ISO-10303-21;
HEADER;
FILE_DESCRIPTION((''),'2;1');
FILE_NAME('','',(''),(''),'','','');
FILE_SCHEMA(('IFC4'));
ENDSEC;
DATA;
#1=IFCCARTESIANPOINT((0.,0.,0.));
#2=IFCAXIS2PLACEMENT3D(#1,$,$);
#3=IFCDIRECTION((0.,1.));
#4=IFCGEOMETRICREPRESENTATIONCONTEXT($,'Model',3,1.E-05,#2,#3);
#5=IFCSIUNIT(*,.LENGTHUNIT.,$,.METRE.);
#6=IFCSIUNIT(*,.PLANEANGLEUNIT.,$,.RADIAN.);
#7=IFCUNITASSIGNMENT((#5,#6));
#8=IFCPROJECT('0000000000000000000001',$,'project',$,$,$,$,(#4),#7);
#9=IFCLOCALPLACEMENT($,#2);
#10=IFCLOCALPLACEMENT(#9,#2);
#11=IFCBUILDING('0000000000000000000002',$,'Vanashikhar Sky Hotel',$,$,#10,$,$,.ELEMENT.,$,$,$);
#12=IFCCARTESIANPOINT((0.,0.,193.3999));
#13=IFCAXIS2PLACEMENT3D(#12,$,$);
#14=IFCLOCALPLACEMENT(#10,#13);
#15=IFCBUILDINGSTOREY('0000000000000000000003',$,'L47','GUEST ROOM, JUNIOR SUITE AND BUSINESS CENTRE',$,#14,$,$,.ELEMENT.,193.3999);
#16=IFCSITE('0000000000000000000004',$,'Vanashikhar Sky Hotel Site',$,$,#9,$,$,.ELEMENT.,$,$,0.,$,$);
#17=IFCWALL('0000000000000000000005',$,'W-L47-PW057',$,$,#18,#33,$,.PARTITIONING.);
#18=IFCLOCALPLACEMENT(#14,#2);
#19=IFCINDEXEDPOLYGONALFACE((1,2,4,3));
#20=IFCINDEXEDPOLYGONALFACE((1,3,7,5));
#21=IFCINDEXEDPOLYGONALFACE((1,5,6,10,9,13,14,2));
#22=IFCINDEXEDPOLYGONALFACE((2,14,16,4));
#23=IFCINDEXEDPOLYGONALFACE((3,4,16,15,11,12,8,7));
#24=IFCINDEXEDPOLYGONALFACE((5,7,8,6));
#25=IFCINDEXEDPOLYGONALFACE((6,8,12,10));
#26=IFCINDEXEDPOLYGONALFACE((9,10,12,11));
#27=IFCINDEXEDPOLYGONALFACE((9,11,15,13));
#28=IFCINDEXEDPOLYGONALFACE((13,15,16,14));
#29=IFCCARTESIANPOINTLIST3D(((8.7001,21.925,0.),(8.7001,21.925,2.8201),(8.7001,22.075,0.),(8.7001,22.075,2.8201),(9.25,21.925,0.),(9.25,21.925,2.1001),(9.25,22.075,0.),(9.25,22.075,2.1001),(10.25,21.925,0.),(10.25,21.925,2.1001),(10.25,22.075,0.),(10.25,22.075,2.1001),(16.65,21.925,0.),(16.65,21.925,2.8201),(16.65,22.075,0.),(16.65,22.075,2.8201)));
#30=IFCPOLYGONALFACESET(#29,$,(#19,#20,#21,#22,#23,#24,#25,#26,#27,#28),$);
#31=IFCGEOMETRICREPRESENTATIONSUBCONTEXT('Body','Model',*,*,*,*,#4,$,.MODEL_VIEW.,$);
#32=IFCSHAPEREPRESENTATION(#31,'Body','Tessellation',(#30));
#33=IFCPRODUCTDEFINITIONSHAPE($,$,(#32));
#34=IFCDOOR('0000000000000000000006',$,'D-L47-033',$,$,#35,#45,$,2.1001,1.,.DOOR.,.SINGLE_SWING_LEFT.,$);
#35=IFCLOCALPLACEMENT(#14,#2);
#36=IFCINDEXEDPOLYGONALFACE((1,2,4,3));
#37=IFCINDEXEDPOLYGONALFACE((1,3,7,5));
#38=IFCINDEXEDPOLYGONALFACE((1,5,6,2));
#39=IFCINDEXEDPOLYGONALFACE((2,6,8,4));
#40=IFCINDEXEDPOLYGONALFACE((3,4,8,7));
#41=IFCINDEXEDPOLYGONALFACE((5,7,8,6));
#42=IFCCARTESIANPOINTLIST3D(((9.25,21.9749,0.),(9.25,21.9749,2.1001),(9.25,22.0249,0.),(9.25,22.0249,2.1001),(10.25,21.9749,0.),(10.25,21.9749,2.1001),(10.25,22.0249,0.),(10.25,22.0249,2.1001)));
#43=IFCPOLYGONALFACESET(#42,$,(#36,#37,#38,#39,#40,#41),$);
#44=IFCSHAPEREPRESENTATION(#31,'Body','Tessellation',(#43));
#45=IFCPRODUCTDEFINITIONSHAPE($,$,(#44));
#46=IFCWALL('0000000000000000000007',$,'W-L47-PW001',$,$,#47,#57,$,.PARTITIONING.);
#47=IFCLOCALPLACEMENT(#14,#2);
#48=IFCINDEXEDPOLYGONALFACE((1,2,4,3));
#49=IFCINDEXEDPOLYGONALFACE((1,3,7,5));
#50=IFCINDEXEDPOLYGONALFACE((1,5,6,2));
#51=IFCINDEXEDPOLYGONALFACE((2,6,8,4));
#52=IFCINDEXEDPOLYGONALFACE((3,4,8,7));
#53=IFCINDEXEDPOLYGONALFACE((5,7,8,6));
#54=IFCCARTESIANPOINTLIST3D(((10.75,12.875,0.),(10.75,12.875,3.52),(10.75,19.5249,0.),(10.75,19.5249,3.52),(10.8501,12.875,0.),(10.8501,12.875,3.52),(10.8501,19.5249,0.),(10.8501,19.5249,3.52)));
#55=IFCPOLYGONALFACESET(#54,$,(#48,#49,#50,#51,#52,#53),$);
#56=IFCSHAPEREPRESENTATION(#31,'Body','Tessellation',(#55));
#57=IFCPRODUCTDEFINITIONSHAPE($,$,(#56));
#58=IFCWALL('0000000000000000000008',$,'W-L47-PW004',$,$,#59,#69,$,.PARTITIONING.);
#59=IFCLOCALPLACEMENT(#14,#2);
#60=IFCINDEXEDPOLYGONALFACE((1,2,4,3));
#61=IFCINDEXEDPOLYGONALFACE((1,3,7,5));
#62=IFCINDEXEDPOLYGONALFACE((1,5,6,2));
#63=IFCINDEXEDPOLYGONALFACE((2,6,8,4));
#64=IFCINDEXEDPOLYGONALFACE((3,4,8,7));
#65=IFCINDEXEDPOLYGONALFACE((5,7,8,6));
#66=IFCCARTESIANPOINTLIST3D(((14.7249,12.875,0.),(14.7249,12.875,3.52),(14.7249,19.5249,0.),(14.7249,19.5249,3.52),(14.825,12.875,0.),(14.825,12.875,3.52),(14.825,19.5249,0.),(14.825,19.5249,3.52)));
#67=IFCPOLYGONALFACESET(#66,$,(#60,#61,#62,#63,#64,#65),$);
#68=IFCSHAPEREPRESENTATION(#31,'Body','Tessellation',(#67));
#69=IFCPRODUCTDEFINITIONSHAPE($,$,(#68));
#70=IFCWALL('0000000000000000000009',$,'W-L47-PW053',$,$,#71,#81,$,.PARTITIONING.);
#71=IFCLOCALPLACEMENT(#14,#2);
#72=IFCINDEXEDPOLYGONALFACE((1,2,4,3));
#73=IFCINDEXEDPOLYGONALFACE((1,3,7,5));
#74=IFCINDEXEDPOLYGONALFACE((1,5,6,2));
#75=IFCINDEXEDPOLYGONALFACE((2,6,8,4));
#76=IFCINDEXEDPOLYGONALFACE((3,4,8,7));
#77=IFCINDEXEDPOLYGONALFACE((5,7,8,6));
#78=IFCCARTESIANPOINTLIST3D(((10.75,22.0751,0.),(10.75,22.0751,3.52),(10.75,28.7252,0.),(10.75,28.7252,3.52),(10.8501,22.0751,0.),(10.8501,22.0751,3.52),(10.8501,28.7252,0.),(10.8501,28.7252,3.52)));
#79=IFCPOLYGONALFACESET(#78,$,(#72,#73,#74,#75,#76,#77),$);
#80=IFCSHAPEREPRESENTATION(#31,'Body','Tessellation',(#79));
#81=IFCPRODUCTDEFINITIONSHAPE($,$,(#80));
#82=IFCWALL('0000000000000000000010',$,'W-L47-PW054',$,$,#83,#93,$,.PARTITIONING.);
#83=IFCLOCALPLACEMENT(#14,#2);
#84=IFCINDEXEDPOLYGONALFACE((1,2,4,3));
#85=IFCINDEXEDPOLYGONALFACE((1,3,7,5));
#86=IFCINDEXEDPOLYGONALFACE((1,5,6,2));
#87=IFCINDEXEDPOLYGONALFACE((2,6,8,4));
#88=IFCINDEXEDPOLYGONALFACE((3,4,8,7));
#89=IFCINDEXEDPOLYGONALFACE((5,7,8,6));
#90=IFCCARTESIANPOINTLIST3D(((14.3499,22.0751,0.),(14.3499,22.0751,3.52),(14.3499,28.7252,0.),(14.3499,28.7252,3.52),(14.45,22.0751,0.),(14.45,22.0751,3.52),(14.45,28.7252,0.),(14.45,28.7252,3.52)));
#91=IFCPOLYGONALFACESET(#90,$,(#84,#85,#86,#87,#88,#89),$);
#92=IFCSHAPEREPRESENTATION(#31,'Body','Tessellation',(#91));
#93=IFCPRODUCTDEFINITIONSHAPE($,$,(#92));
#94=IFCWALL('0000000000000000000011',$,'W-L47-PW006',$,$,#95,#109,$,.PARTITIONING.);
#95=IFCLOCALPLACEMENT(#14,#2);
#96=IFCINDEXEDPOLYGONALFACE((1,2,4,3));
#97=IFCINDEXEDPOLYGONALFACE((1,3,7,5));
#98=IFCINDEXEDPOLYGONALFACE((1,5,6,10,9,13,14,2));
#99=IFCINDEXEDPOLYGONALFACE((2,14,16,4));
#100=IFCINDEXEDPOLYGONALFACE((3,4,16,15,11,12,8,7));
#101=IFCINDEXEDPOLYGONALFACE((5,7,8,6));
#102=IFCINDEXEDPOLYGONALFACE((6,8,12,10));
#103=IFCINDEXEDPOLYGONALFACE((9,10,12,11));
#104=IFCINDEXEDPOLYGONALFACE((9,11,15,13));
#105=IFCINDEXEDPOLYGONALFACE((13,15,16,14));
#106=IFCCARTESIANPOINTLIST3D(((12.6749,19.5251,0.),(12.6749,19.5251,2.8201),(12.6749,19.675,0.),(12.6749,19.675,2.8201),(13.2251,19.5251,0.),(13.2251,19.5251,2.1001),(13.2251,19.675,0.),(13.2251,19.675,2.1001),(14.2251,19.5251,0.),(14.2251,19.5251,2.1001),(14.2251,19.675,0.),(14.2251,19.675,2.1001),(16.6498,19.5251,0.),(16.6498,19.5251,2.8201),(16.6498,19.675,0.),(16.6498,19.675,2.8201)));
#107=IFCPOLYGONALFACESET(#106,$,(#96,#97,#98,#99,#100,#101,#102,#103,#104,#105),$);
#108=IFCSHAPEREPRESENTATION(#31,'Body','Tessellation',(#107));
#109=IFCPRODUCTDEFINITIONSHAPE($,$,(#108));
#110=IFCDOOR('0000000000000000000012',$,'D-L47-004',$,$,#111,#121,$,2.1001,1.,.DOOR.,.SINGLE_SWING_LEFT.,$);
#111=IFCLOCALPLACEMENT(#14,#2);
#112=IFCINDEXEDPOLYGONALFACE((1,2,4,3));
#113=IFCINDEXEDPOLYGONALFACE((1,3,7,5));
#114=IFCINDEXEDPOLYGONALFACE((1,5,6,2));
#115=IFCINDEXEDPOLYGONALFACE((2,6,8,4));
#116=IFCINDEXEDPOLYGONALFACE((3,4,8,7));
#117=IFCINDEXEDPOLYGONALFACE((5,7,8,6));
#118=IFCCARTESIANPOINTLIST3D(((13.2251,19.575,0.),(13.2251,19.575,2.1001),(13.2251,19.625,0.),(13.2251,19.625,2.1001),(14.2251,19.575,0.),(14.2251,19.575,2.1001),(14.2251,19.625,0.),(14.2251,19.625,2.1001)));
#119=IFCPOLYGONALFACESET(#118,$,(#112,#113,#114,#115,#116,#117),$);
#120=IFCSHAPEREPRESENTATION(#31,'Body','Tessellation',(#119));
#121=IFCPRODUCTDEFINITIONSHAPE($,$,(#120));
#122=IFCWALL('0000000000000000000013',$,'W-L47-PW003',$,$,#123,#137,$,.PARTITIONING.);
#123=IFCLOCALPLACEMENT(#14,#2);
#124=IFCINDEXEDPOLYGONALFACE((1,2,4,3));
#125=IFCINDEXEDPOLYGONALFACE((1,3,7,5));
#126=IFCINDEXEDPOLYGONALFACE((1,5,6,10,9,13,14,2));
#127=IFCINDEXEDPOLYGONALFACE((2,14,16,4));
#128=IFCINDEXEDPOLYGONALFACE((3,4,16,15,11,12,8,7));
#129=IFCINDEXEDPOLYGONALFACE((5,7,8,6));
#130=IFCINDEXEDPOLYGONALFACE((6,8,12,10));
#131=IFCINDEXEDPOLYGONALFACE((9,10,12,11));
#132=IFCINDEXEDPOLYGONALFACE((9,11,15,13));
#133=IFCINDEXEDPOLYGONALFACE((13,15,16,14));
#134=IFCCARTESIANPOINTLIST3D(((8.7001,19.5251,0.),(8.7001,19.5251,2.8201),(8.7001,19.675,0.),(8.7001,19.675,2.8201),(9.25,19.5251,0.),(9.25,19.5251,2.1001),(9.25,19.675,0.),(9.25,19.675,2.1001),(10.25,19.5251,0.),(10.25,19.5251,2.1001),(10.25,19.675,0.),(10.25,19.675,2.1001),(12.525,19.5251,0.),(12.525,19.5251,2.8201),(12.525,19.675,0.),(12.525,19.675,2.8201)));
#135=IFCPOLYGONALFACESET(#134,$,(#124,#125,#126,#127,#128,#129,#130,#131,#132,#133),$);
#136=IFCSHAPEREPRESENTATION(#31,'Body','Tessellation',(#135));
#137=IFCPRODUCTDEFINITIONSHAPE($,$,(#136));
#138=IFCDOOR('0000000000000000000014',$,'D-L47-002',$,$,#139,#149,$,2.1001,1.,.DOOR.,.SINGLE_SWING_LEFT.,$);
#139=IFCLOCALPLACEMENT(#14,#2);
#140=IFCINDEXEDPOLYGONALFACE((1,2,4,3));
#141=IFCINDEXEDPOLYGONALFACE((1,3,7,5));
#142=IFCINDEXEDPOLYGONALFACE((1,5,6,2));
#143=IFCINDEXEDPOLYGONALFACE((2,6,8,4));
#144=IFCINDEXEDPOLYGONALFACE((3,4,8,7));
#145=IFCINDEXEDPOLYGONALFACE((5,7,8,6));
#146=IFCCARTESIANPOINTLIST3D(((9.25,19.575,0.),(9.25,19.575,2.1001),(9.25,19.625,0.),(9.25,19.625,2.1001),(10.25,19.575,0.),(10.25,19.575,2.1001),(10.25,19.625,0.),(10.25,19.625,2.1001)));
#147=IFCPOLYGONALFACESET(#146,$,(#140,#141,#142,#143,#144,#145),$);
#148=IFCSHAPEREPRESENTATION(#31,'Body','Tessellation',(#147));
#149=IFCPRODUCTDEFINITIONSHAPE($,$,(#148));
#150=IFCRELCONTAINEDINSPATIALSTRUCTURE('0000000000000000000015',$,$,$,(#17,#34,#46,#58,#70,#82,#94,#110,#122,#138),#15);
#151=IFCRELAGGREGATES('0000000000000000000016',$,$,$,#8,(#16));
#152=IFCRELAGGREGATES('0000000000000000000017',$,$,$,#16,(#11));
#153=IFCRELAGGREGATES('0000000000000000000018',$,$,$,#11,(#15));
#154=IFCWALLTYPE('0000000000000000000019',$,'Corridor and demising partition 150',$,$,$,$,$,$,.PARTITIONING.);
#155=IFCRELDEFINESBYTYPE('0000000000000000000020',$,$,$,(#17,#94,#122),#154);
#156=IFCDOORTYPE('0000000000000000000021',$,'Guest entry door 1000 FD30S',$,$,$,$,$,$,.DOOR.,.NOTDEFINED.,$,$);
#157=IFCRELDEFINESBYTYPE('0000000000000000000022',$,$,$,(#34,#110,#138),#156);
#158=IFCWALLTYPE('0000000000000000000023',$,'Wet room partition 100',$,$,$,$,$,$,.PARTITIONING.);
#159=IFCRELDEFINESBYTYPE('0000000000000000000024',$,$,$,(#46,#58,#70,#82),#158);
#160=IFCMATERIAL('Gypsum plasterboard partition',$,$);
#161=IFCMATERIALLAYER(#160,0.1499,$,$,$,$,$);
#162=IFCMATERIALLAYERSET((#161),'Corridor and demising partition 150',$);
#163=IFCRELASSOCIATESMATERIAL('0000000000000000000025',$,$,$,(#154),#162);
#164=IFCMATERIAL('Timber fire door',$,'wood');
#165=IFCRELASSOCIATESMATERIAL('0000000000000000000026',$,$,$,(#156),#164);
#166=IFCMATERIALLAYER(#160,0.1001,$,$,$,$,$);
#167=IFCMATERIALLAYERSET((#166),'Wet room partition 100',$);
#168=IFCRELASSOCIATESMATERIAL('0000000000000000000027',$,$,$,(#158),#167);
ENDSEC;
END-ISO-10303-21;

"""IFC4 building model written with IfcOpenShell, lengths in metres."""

from ifc_helpers import new_model, si_unit, direction, frame, frame_2d, origin, place, context, subcontext, project, spatial, rectangle, extrude, source, transform, mapped, material, layer, layer_set, type_object, element, fill, save


model = new_model("IFC4")

# Units and contexts
model_context = context("Model", 3, precision=1e-05, world=origin(), true_north=direction((0.0, 1.0)))
body_context = subcontext(model_context, "Body", "Model", "MODEL_VIEW")
ifc_project = project(units=[si_unit("LENGTHUNIT", "METRE"), si_unit("PLANEANGLEUNIT", "RADIAN")], contexts=[model_context])

# Site, building, storey
site_placement = place(None, origin())
site = spatial("IfcSite", under=ifc_project, at=site_placement, Name="Vanashikhar Sky Hotel Site", CompositionType="ELEMENT", RefElevation=0.0)
building_placement = place(site_placement, origin())
building = spatial("IfcBuilding", under=site, at=building_placement, Name="Vanashikhar Sky Hotel", CompositionType="ELEMENT")
storey_placement = place(building_placement, frame((0.0, 0.0, 193.3999)))
storey = spatial("IfcBuildingStorey", under=building, at=storey_placement, Name="L47", Description="GUEST ROOM, JUNIOR SUITE AND BUSINESS CENTRE", CompositionType="ELEMENT", Elevation=193.3999)

# Wall, opening, door
ifc_material_1 = material(Name="Gypsum plasterboard partition")
ifc_layer_1 = layer(ifc_material_1, 0.1499)
ifc_layer_set_1 = layer_set([ifc_layer_1], Name="Corridor and demising partition 150")
wall_type_1 = type_object("IfcWallType", Name="Corridor and demising partition 150", PredefinedType="PARTITIONING", material=ifc_layer_set_1)
shared_shape_1 = source(origin(), body_context, "Body", "SweptSolid", [
    extrude(rectangle(XDim=7.95, YDim=0.1499, at=frame_2d((3.9751, 0.0))), origin(), (0.0, 0.0, 1.0), 2.8201),
])
wall_1_placement = place(storey_placement, frame((8.7, 22.0, 0.0), z_axis=(0.0, 0.0, 1.0), x_axis=(1.0, 0.0, 0.0)))
wall_1 = element("IfcWall", 1, at=wall_1_placement, inside=storey, type_object=wall_type_1, Name="W-L47-PW057", PredefinedType="PARTITIONING", context=body_context, shape_type="MappedRepresentation", body=[
    mapped(shared_shape_1, transform((0.0, 0.0, 0.0), scale=1.0)),
])
shared_shape_2 = source(origin(), body_context, "Body", "SweptSolid", [
    extrude(rectangle(XDim=1.0, YDim=2.1001, at=frame_2d((0.5, 1.05))), frame((0.0, 0.085, 0.0), z_axis=(0.0, -1.0, 0.0), x_axis=(1.0, 0.0, 0.0)), (0.0, 0.0, 1.0), 0.1699),
])
opening_1_placement = place(wall_1_placement, frame((0.55, 0.0, 0.0)))
opening_1 = element("IfcOpeningElement", 2, at=opening_1_placement, cuts=wall_1, PredefinedType="OPENING", context=body_context, shape_type="MappedRepresentation", body=[
    mapped(shared_shape_2, transform((0.0, 0.0, 0.0), scale=1.0)),
])
ifc_material_2 = material(Name="Timber fire door", Category="wood")
door_type = type_object("IfcDoorType", Name="Guest entry door 1000 FD30S", OperationType="NOTDEFINED", PredefinedType="DOOR", material=ifc_material_2)
shared_shape_3 = source(origin(), body_context, "Body", "SweptSolid", [
    extrude(rectangle(XDim=1.0, YDim=2.1001, at=frame_2d((0.5, 1.05))), frame((0.0, 0.0249, 0.0), z_axis=(0.0, -1.0, 0.0), x_axis=(1.0, 0.0, 0.0)), (0.0, 0.0, 1.0), 0.05),
])
door_1_placement = place(opening_1_placement, origin())
door_1 = element("IfcDoor", 3, at=door_1_placement, inside=storey, type_object=door_type, Name="D-L47-033", OperationType="SINGLE_SWING_LEFT", OverallHeight=2.1001, OverallWidth=1.0, PredefinedType="DOOR", context=body_context, shape_type="MappedRepresentation", body=[
    mapped(shared_shape_3, transform((0.0, 0.0, 0.0), scale=1.0)),
])
fill(opening_1, door_1)

# Walls
ifc_layer_2 = layer(ifc_material_1, 0.1001)
ifc_layer_set_2 = layer_set([ifc_layer_2], Name="Wet room partition 100")
wall_type_2 = type_object("IfcWallType", Name="Wet room partition 100", PredefinedType="PARTITIONING", material=ifc_layer_set_2)
shared_shape_4 = source(origin(), body_context, "Body", "SweptSolid", [
    extrude(rectangle(XDim=6.6499, YDim=0.1001, at=frame_2d((3.325, 0.0))), origin(), (0.0, 0.0, 1.0), 3.52),
])
for number, where, z_axis, x_axis, name in (
    (4, (10.8, 12.875, 0.0), (0.0, 0.0, 1.0), (0.0, 1.0, 0.0), "W-L47-PW001"),
    (5, (14.7749, 12.875, 0.0), (0.0, 0.0, 1.0), (0.0, 1.0, 0.0), "W-L47-PW004"),
):
    element("IfcWall", number, at=place(storey_placement, frame(where, z_axis=z_axis, x_axis=x_axis)), inside=storey, type_object=wall_type_2, Name=name, PredefinedType="PARTITIONING", context=body_context, shape_type="MappedRepresentation", body=[
        mapped(shared_shape_4, transform((0.0, 0.0, 0.0), scale=1.0)),
    ])
shared_shape_5 = source(origin(), body_context, "Body", "SweptSolid", [
    extrude(rectangle(XDim=6.6501, YDim=0.1001, at=frame_2d((3.3252, 0.0))), origin(), (0.0, 0.0, 1.0), 3.52),
])
for number, where, z_axis, x_axis, name in (
    (6, (10.8, 22.075, 0.0), (0.0, 0.0, 1.0), (0.0, 1.0, 0.0), "W-L47-PW053"),
    (7, (14.3999, 22.075, 0.0), (0.0, 0.0, 1.0), (0.0, 1.0, 0.0), "W-L47-PW054"),
):
    element("IfcWall", number, at=place(storey_placement, frame(where, z_axis=z_axis, x_axis=x_axis)), inside=storey, type_object=wall_type_2, Name=name, PredefinedType="PARTITIONING", context=body_context, shape_type="MappedRepresentation", body=[
        mapped(shared_shape_5, transform((0.0, 0.0, 0.0), scale=1.0)),
    ])

# Walls, openings, doors
shared_shape_6 = source(origin(), body_context, "Body", "SweptSolid", [
    extrude(rectangle(XDim=3.9749, YDim=0.1499, at=frame_2d((1.9873, 0.0))), origin(), (0.0, 0.0, 1.0), 2.8201),
])
wall_2_placement = place(storey_placement, frame((12.675, 19.6001, 0.0), z_axis=(0.0, 0.0, 1.0), x_axis=(1.0, 0.0, 0.0)))
wall_2 = element("IfcWall", 8, at=wall_2_placement, inside=storey, type_object=wall_type_1, Name="W-L47-PW006", PredefinedType="PARTITIONING", context=body_context, shape_type="MappedRepresentation", body=[
    mapped(shared_shape_6, transform((0.0, 0.0, 0.0), scale=1.0)),
])
opening_2_placement = place(wall_2_placement, frame((0.55, 0.0, 0.0)))
opening_2 = element("IfcOpeningElement", 9, at=opening_2_placement, cuts=wall_2, PredefinedType="OPENING", context=body_context, shape_type="MappedRepresentation", body=[
    mapped(shared_shape_2, transform((0.0, 0.0, 0.0), scale=1.0)),
])
door_2_placement = place(opening_2_placement, origin())
door_2 = element("IfcDoor", 10, at=door_2_placement, inside=storey, type_object=door_type, Name="D-L47-004", OperationType="SINGLE_SWING_LEFT", OverallHeight=2.1001, OverallWidth=1.0, PredefinedType="DOOR", context=body_context, shape_type="MappedRepresentation", body=[
    mapped(shared_shape_3, transform((0.0, 0.0, 0.0), scale=1.0)),
])
fill(opening_2, door_2)
shared_shape_7 = source(origin(), body_context, "Body", "SweptSolid", [
    extrude(rectangle(XDim=3.825, YDim=0.1499, at=frame_2d((1.9126, 0.0))), origin(), (0.0, 0.0, 1.0), 2.8201),
])
wall_3_placement = place(storey_placement, frame((8.7, 19.6001, 0.0), z_axis=(0.0, 0.0, 1.0), x_axis=(1.0, 0.0, 0.0)))
wall_3 = element("IfcWall", 11, at=wall_3_placement, inside=storey, type_object=wall_type_1, Name="W-L47-PW003", PredefinedType="PARTITIONING", context=body_context, shape_type="MappedRepresentation", body=[
    mapped(shared_shape_7, transform((0.0, 0.0, 0.0), scale=1.0)),
])
opening_3_placement = place(wall_3_placement, frame((0.55, 0.0, 0.0)))
opening_3 = element("IfcOpeningElement", 12, at=opening_3_placement, cuts=wall_3, PredefinedType="OPENING", context=body_context, shape_type="MappedRepresentation", body=[
    mapped(shared_shape_2, transform((0.0, 0.0, 0.0), scale=1.0)),
])
door_3_placement = place(opening_3_placement, origin())
door_3 = element("IfcDoor", 13, at=door_3_placement, inside=storey, type_object=door_type, Name="D-L47-002", OperationType="SINGLE_SWING_LEFT", OverallHeight=2.1001, OverallWidth=1.0, PredefinedType="DOOR", context=body_context, shape_type="MappedRepresentation", body=[
    mapped(shared_shape_3, transform((0.0, 0.0, 0.0), scale=1.0)),
])
fill(opening_3, door_3)

save(model, "model.ifc")
